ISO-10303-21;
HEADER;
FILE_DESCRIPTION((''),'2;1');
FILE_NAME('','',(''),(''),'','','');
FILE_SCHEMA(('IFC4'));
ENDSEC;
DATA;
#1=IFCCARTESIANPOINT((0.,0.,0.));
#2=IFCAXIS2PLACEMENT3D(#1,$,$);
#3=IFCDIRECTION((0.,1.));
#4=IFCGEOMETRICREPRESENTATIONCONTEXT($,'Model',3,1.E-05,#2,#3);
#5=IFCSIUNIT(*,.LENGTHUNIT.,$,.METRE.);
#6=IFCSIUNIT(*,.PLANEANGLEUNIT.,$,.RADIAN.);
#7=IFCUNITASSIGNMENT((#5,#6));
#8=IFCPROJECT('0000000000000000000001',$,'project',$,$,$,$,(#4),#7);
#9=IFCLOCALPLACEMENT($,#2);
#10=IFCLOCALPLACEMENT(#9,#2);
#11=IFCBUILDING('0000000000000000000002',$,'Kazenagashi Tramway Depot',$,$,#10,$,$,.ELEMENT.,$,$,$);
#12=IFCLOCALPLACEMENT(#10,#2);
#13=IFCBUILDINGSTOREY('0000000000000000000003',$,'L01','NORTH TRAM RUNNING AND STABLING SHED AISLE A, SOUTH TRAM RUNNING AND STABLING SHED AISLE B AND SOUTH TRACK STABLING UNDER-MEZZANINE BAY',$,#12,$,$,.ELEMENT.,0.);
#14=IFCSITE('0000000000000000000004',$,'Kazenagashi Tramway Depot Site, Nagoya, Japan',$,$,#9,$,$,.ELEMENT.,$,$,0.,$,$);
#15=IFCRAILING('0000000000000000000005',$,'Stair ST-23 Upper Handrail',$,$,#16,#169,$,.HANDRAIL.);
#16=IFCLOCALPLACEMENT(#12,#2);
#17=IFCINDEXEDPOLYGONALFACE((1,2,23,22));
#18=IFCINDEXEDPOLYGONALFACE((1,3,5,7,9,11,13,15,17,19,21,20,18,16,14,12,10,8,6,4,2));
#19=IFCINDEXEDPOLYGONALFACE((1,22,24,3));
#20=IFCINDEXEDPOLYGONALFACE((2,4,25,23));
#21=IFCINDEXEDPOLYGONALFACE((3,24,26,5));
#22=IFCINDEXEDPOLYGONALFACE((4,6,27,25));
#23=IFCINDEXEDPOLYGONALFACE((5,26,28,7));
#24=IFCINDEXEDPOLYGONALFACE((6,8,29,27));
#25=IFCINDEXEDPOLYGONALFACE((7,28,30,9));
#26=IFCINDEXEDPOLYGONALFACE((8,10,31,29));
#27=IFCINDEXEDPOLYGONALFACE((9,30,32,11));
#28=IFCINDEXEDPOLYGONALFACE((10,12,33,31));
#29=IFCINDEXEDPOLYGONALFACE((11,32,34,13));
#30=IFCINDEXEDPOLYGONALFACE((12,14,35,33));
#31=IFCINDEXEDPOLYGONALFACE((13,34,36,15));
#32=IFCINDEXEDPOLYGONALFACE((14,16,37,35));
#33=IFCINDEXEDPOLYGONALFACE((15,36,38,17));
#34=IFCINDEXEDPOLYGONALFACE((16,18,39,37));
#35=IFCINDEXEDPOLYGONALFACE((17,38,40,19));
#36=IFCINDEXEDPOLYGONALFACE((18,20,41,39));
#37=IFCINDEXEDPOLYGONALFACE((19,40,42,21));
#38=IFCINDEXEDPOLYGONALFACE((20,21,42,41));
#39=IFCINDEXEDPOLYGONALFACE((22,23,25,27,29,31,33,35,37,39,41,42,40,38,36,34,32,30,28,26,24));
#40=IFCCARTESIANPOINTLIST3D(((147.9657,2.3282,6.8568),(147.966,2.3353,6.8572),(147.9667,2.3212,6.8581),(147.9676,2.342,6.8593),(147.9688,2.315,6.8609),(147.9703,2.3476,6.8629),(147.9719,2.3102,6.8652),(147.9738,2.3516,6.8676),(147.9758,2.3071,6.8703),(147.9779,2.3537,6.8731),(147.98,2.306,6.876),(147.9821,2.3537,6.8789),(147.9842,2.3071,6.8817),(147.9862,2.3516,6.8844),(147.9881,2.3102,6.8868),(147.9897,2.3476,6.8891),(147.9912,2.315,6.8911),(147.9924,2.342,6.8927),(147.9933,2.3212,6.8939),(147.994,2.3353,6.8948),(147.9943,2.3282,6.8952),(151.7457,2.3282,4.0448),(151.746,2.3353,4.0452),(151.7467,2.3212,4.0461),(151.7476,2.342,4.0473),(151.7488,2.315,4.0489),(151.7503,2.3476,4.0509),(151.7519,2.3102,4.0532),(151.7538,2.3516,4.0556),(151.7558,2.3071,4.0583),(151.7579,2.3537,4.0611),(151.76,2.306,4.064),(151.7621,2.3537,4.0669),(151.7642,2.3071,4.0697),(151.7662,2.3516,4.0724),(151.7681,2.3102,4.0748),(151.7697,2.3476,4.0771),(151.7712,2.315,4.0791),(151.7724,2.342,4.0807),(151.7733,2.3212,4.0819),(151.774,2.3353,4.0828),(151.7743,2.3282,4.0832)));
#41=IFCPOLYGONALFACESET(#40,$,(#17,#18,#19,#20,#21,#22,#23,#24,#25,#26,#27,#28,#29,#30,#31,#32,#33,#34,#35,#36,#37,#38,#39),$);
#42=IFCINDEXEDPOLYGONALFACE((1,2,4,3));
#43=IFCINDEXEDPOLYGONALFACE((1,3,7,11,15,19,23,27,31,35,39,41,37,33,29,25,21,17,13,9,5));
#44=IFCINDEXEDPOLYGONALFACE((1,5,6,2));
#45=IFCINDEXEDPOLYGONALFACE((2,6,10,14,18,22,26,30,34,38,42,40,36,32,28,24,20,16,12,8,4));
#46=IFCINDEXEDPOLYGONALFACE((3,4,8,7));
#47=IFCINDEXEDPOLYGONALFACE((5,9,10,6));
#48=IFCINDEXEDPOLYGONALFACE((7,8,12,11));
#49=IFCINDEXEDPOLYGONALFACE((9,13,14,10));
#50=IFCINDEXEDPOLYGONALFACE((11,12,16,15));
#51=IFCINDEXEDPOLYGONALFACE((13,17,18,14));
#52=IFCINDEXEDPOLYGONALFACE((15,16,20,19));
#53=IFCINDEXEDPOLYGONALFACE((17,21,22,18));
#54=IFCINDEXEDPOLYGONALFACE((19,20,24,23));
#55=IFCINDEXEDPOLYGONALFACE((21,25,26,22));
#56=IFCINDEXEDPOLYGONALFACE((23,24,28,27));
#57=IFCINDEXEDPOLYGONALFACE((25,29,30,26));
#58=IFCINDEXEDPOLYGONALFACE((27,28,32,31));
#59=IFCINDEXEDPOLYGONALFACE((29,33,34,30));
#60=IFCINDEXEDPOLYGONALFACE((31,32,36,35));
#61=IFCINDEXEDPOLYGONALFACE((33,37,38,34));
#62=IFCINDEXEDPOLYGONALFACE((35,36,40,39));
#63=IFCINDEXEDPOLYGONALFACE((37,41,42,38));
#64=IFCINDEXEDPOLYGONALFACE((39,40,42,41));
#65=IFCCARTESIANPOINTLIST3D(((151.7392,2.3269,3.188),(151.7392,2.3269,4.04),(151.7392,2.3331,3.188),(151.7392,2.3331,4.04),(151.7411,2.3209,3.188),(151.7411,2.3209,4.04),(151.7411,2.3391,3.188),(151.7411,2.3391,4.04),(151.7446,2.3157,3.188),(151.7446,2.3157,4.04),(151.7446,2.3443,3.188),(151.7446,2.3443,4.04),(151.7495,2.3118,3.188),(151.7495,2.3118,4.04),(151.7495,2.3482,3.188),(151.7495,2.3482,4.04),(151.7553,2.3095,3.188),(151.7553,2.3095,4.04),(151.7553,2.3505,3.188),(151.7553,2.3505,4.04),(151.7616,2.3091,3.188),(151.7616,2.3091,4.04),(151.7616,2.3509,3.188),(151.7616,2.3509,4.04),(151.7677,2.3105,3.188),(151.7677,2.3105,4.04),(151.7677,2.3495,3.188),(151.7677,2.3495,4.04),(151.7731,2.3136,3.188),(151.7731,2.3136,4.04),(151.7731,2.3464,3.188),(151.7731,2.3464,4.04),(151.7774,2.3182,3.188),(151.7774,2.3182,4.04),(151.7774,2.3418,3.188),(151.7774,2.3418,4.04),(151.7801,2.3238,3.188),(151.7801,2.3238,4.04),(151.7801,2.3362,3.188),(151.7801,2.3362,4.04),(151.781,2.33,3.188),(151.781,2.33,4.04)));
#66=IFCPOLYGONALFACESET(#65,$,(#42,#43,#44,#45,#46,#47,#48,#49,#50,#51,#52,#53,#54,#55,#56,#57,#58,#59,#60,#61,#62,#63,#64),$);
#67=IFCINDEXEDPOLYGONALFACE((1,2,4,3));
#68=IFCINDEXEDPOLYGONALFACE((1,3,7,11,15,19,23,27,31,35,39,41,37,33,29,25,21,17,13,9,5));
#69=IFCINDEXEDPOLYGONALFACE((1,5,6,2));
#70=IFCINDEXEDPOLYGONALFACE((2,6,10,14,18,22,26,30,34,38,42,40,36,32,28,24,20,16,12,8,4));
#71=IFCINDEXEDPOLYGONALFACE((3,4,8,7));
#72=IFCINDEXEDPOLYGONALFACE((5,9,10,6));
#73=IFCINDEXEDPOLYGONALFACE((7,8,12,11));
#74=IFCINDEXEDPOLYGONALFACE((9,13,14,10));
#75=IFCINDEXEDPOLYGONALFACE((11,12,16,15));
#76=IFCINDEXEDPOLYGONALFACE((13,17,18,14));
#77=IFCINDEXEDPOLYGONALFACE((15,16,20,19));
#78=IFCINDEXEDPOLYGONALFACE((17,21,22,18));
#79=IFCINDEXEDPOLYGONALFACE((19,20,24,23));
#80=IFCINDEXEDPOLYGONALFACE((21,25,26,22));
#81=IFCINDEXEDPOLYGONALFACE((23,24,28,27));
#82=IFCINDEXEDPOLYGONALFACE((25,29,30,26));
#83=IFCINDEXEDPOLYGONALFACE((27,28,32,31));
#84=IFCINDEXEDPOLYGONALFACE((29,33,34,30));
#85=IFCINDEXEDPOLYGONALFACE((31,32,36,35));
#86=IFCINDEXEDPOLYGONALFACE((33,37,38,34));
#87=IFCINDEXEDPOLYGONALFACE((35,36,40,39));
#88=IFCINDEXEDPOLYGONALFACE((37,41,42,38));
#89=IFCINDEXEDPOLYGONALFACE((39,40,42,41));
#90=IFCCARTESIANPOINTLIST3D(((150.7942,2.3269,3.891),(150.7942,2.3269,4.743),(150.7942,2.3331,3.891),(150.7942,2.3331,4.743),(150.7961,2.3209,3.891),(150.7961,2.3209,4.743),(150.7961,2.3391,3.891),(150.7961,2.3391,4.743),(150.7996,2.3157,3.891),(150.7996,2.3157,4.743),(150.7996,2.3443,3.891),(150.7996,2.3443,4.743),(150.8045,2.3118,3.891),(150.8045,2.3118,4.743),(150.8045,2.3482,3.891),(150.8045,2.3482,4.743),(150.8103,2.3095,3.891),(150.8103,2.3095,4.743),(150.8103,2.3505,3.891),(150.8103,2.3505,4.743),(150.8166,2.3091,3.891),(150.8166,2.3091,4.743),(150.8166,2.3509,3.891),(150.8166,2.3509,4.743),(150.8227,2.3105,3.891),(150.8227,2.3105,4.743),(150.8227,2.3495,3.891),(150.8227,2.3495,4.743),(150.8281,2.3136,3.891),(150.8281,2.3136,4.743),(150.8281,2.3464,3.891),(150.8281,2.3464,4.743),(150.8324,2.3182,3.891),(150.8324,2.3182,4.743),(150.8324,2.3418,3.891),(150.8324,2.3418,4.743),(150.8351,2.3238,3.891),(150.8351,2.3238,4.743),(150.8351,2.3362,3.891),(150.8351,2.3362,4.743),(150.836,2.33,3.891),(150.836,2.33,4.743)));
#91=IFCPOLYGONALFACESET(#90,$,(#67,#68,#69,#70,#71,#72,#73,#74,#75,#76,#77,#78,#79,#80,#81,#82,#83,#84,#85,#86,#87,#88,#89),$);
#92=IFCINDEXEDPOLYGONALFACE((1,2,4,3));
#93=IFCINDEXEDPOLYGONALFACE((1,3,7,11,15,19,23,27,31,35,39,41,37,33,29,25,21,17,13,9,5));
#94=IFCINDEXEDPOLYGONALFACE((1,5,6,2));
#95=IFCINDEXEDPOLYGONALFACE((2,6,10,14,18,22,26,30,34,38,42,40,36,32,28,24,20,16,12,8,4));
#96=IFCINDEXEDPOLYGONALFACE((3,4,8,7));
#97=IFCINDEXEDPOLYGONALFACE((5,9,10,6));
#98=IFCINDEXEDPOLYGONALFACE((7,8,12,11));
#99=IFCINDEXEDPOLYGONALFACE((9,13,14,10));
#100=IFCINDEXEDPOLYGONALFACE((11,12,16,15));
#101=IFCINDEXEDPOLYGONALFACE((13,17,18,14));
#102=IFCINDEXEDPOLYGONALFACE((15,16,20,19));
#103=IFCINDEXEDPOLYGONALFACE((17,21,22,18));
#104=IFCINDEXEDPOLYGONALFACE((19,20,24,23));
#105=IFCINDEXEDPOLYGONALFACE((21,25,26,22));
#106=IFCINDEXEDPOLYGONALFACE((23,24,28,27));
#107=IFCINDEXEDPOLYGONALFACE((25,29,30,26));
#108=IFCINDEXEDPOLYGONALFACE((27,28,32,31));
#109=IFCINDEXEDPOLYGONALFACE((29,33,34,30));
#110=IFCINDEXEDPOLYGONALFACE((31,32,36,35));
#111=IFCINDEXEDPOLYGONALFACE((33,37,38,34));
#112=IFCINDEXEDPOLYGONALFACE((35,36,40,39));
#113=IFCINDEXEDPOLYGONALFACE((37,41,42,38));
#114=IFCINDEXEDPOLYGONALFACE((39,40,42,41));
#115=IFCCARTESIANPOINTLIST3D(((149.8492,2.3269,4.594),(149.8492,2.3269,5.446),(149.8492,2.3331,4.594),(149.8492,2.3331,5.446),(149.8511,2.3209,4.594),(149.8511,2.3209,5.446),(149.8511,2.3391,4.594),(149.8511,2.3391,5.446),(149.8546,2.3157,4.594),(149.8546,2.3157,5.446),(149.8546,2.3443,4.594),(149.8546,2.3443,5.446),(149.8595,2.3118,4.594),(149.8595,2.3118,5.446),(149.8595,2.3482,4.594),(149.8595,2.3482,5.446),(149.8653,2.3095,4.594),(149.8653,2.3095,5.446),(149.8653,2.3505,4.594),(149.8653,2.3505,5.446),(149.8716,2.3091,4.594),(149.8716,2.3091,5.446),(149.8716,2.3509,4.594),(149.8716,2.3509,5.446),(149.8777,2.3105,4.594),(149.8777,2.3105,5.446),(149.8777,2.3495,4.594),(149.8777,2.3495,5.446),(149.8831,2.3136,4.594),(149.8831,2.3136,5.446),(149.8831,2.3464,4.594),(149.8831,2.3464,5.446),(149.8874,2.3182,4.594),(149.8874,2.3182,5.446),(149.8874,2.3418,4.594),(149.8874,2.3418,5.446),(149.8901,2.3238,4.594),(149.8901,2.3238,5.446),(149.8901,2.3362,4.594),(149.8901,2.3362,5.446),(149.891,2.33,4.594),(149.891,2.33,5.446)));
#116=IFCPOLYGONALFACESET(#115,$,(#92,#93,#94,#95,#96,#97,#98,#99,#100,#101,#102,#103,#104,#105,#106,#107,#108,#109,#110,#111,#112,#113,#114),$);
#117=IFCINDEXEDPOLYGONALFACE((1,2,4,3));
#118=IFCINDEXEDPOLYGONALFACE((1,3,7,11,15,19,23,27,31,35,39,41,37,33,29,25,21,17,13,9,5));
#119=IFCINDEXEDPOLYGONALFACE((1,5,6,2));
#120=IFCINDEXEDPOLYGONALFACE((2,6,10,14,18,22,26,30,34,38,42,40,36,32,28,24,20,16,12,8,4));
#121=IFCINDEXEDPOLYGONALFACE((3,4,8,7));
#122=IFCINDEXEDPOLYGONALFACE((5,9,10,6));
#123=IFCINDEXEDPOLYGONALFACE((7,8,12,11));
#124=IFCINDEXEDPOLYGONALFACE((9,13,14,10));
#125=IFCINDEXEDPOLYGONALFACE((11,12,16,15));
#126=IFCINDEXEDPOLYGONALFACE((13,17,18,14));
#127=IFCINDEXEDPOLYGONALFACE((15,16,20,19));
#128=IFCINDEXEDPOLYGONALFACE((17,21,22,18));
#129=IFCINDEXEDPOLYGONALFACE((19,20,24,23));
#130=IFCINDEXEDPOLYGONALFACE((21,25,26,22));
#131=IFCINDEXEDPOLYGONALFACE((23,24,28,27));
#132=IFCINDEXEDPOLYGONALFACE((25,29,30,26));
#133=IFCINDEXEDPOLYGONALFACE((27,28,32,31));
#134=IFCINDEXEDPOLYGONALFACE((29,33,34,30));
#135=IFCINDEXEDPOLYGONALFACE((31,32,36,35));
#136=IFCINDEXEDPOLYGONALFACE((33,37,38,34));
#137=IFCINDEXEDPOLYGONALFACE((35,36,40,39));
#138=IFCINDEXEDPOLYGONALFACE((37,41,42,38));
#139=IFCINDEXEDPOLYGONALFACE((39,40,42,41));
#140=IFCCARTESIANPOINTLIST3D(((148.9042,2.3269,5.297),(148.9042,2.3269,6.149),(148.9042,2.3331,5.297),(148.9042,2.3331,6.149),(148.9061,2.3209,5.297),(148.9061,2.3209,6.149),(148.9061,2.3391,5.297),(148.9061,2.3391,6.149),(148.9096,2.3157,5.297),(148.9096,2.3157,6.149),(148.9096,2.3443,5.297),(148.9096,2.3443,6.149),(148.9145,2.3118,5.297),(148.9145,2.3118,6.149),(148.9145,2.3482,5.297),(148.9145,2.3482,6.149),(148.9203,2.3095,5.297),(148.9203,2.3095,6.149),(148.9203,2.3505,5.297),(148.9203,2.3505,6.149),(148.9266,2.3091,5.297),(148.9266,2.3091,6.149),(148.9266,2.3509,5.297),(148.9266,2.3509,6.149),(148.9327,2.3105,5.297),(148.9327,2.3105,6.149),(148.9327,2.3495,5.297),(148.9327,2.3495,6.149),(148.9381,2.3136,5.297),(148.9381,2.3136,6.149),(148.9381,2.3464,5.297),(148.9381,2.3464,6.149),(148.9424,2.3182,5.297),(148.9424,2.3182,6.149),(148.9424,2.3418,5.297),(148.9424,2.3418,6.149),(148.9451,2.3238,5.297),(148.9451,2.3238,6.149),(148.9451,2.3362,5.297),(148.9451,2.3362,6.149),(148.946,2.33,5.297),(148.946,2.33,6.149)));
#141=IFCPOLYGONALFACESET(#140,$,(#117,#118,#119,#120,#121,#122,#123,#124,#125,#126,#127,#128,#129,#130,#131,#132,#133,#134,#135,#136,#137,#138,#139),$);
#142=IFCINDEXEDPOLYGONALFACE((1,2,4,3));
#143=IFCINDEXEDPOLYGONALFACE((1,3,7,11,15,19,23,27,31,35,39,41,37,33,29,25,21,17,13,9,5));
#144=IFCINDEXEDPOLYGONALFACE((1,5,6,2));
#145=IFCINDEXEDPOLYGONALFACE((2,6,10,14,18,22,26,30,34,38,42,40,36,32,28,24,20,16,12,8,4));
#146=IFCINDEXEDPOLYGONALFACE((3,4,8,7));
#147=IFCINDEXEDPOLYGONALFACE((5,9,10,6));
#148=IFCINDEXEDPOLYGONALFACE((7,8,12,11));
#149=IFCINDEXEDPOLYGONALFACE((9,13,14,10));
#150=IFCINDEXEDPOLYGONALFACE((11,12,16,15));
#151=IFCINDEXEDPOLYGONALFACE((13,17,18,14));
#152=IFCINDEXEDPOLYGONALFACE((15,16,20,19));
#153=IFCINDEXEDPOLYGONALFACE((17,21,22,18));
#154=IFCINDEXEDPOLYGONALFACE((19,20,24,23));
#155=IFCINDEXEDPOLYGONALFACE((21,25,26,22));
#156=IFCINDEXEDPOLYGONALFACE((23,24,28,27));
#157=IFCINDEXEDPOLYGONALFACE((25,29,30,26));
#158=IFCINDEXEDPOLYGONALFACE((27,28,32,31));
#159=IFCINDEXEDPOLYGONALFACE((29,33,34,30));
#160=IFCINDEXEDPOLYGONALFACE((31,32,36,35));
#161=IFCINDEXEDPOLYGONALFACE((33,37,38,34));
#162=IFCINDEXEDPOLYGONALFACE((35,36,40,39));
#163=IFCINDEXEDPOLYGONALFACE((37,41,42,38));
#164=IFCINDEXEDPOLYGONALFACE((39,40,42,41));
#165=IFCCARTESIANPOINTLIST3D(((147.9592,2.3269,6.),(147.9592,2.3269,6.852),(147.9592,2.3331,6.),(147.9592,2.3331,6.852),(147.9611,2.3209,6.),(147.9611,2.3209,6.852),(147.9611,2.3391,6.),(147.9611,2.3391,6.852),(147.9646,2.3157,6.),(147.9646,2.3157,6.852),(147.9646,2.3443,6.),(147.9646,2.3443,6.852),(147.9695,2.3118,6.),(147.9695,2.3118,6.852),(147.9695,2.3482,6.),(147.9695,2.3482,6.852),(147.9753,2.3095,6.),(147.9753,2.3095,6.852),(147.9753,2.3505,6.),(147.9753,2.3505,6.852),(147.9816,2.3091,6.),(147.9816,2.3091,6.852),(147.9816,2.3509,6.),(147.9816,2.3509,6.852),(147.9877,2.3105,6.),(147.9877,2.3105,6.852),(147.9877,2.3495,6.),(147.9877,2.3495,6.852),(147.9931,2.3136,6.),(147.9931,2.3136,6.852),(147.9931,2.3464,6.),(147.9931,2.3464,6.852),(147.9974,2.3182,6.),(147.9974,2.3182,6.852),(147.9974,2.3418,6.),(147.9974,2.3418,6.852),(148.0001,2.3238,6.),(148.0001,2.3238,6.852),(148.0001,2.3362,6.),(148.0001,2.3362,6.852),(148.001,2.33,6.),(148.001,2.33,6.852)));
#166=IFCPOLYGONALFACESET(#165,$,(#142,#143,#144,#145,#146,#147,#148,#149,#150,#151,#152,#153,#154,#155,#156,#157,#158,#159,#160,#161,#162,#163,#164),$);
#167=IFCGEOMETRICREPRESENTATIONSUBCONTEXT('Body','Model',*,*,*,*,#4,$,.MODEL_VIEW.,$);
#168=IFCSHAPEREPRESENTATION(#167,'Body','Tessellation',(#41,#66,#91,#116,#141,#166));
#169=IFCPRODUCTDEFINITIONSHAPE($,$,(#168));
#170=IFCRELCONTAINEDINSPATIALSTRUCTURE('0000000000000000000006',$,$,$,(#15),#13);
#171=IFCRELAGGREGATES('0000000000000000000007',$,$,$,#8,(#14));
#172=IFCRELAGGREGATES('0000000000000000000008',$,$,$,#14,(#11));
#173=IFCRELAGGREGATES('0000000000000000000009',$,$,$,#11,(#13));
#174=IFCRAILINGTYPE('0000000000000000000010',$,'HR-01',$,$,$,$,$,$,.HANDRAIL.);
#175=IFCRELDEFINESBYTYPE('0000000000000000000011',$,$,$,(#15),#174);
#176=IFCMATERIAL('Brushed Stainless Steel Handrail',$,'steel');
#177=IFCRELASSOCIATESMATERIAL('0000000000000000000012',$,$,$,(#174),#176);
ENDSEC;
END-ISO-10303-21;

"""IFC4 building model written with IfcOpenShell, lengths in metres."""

from ifc_helpers import new_model, si_unit, direction, frame, origin, origin_2d, place, context, subcontext, project, spatial, circle, extrude, material, type_object, element, save


model = new_model("IFC4")

# Units and contexts
model_context = context("Model", 3, precision=1e-05, world=origin(), true_north=direction((0.0, 1.0)))
body_context = subcontext(model_context, "Body", "Model", "MODEL_VIEW")
ifc_project = project(units=[si_unit("LENGTHUNIT", "METRE"), si_unit("PLANEANGLEUNIT", "RADIAN")], contexts=[model_context])

# Site, building, storey
site_placement = place(None, origin())
site = spatial("IfcSite", under=ifc_project, at=site_placement, Name="Kazenagashi Tramway Depot Site, Nagoya, Japan", CompositionType="ELEMENT", RefElevation=0.0)
building_placement = place(site_placement, origin())
building = spatial("IfcBuilding", under=site, at=building_placement, Name="Kazenagashi Tramway Depot", CompositionType="ELEMENT")
storey_placement = place(building_placement, origin())
storey = spatial("IfcBuildingStorey", under=building, at=storey_placement, Name="L01", Description="NORTH TRAM RUNNING AND STABLING SHED AISLE A, SOUTH TRAM RUNNING AND STABLING SHED AISLE B AND SOUTH TRACK STABLING UNDER-MEZZANINE BAY", CompositionType="ELEMENT", Elevation=0.0)

# Railing
ifc_material_1 = material(Name="Brushed Stainless Steel Handrail", Category="steel")
railing_type = type_object("IfcRailingType", Name="HR-01", PredefinedType="HANDRAIL", material=ifc_material_1)
railing_1_placement = place(storey_placement, frame((151.76, 2.33, 3.188)))
element("IfcRailing", 1, at=railing_1_placement, inside=storey, type_object=railing_type, Name="Stair ST-23 Upper Handrail", PredefinedType="HANDRAIL", context=body_context, shape_type="SweptSolid", body=[
    extrude(circle(Radius=0.024, at=origin_2d()), frame((0.0, 0.0, 0.876), z_axis=(-0.802337, 0.0, 0.596871), x_axis=(0.0, -1.0, 0.0)), (0.0, 0.0, 1.0), 4.7112),
    extrude(circle(Radius=0.021, at=origin_2d()), origin(), (0.0, 0.0, 1.0), 0.852),
    extrude(circle(Radius=0.021, at=origin_2d()), frame((-0.945, 0.0, 0.703)), (0.0, 0.0, 1.0), 0.852),
    extrude(circle(Radius=0.021, at=origin_2d()), frame((-1.89, 0.0, 1.406)), (0.0, 0.0, 1.0), 0.852),
    extrude(circle(Radius=0.021, at=origin_2d()), frame((-2.835, 0.0, 2.109)), (0.0, 0.0, 1.0), 0.852),
    extrude(circle(Radius=0.021, at=origin_2d()), frame((-3.78, 0.0, 2.812)), (0.0, 0.0, 1.0), 0.852),
])

save(model, "model.ifc")
